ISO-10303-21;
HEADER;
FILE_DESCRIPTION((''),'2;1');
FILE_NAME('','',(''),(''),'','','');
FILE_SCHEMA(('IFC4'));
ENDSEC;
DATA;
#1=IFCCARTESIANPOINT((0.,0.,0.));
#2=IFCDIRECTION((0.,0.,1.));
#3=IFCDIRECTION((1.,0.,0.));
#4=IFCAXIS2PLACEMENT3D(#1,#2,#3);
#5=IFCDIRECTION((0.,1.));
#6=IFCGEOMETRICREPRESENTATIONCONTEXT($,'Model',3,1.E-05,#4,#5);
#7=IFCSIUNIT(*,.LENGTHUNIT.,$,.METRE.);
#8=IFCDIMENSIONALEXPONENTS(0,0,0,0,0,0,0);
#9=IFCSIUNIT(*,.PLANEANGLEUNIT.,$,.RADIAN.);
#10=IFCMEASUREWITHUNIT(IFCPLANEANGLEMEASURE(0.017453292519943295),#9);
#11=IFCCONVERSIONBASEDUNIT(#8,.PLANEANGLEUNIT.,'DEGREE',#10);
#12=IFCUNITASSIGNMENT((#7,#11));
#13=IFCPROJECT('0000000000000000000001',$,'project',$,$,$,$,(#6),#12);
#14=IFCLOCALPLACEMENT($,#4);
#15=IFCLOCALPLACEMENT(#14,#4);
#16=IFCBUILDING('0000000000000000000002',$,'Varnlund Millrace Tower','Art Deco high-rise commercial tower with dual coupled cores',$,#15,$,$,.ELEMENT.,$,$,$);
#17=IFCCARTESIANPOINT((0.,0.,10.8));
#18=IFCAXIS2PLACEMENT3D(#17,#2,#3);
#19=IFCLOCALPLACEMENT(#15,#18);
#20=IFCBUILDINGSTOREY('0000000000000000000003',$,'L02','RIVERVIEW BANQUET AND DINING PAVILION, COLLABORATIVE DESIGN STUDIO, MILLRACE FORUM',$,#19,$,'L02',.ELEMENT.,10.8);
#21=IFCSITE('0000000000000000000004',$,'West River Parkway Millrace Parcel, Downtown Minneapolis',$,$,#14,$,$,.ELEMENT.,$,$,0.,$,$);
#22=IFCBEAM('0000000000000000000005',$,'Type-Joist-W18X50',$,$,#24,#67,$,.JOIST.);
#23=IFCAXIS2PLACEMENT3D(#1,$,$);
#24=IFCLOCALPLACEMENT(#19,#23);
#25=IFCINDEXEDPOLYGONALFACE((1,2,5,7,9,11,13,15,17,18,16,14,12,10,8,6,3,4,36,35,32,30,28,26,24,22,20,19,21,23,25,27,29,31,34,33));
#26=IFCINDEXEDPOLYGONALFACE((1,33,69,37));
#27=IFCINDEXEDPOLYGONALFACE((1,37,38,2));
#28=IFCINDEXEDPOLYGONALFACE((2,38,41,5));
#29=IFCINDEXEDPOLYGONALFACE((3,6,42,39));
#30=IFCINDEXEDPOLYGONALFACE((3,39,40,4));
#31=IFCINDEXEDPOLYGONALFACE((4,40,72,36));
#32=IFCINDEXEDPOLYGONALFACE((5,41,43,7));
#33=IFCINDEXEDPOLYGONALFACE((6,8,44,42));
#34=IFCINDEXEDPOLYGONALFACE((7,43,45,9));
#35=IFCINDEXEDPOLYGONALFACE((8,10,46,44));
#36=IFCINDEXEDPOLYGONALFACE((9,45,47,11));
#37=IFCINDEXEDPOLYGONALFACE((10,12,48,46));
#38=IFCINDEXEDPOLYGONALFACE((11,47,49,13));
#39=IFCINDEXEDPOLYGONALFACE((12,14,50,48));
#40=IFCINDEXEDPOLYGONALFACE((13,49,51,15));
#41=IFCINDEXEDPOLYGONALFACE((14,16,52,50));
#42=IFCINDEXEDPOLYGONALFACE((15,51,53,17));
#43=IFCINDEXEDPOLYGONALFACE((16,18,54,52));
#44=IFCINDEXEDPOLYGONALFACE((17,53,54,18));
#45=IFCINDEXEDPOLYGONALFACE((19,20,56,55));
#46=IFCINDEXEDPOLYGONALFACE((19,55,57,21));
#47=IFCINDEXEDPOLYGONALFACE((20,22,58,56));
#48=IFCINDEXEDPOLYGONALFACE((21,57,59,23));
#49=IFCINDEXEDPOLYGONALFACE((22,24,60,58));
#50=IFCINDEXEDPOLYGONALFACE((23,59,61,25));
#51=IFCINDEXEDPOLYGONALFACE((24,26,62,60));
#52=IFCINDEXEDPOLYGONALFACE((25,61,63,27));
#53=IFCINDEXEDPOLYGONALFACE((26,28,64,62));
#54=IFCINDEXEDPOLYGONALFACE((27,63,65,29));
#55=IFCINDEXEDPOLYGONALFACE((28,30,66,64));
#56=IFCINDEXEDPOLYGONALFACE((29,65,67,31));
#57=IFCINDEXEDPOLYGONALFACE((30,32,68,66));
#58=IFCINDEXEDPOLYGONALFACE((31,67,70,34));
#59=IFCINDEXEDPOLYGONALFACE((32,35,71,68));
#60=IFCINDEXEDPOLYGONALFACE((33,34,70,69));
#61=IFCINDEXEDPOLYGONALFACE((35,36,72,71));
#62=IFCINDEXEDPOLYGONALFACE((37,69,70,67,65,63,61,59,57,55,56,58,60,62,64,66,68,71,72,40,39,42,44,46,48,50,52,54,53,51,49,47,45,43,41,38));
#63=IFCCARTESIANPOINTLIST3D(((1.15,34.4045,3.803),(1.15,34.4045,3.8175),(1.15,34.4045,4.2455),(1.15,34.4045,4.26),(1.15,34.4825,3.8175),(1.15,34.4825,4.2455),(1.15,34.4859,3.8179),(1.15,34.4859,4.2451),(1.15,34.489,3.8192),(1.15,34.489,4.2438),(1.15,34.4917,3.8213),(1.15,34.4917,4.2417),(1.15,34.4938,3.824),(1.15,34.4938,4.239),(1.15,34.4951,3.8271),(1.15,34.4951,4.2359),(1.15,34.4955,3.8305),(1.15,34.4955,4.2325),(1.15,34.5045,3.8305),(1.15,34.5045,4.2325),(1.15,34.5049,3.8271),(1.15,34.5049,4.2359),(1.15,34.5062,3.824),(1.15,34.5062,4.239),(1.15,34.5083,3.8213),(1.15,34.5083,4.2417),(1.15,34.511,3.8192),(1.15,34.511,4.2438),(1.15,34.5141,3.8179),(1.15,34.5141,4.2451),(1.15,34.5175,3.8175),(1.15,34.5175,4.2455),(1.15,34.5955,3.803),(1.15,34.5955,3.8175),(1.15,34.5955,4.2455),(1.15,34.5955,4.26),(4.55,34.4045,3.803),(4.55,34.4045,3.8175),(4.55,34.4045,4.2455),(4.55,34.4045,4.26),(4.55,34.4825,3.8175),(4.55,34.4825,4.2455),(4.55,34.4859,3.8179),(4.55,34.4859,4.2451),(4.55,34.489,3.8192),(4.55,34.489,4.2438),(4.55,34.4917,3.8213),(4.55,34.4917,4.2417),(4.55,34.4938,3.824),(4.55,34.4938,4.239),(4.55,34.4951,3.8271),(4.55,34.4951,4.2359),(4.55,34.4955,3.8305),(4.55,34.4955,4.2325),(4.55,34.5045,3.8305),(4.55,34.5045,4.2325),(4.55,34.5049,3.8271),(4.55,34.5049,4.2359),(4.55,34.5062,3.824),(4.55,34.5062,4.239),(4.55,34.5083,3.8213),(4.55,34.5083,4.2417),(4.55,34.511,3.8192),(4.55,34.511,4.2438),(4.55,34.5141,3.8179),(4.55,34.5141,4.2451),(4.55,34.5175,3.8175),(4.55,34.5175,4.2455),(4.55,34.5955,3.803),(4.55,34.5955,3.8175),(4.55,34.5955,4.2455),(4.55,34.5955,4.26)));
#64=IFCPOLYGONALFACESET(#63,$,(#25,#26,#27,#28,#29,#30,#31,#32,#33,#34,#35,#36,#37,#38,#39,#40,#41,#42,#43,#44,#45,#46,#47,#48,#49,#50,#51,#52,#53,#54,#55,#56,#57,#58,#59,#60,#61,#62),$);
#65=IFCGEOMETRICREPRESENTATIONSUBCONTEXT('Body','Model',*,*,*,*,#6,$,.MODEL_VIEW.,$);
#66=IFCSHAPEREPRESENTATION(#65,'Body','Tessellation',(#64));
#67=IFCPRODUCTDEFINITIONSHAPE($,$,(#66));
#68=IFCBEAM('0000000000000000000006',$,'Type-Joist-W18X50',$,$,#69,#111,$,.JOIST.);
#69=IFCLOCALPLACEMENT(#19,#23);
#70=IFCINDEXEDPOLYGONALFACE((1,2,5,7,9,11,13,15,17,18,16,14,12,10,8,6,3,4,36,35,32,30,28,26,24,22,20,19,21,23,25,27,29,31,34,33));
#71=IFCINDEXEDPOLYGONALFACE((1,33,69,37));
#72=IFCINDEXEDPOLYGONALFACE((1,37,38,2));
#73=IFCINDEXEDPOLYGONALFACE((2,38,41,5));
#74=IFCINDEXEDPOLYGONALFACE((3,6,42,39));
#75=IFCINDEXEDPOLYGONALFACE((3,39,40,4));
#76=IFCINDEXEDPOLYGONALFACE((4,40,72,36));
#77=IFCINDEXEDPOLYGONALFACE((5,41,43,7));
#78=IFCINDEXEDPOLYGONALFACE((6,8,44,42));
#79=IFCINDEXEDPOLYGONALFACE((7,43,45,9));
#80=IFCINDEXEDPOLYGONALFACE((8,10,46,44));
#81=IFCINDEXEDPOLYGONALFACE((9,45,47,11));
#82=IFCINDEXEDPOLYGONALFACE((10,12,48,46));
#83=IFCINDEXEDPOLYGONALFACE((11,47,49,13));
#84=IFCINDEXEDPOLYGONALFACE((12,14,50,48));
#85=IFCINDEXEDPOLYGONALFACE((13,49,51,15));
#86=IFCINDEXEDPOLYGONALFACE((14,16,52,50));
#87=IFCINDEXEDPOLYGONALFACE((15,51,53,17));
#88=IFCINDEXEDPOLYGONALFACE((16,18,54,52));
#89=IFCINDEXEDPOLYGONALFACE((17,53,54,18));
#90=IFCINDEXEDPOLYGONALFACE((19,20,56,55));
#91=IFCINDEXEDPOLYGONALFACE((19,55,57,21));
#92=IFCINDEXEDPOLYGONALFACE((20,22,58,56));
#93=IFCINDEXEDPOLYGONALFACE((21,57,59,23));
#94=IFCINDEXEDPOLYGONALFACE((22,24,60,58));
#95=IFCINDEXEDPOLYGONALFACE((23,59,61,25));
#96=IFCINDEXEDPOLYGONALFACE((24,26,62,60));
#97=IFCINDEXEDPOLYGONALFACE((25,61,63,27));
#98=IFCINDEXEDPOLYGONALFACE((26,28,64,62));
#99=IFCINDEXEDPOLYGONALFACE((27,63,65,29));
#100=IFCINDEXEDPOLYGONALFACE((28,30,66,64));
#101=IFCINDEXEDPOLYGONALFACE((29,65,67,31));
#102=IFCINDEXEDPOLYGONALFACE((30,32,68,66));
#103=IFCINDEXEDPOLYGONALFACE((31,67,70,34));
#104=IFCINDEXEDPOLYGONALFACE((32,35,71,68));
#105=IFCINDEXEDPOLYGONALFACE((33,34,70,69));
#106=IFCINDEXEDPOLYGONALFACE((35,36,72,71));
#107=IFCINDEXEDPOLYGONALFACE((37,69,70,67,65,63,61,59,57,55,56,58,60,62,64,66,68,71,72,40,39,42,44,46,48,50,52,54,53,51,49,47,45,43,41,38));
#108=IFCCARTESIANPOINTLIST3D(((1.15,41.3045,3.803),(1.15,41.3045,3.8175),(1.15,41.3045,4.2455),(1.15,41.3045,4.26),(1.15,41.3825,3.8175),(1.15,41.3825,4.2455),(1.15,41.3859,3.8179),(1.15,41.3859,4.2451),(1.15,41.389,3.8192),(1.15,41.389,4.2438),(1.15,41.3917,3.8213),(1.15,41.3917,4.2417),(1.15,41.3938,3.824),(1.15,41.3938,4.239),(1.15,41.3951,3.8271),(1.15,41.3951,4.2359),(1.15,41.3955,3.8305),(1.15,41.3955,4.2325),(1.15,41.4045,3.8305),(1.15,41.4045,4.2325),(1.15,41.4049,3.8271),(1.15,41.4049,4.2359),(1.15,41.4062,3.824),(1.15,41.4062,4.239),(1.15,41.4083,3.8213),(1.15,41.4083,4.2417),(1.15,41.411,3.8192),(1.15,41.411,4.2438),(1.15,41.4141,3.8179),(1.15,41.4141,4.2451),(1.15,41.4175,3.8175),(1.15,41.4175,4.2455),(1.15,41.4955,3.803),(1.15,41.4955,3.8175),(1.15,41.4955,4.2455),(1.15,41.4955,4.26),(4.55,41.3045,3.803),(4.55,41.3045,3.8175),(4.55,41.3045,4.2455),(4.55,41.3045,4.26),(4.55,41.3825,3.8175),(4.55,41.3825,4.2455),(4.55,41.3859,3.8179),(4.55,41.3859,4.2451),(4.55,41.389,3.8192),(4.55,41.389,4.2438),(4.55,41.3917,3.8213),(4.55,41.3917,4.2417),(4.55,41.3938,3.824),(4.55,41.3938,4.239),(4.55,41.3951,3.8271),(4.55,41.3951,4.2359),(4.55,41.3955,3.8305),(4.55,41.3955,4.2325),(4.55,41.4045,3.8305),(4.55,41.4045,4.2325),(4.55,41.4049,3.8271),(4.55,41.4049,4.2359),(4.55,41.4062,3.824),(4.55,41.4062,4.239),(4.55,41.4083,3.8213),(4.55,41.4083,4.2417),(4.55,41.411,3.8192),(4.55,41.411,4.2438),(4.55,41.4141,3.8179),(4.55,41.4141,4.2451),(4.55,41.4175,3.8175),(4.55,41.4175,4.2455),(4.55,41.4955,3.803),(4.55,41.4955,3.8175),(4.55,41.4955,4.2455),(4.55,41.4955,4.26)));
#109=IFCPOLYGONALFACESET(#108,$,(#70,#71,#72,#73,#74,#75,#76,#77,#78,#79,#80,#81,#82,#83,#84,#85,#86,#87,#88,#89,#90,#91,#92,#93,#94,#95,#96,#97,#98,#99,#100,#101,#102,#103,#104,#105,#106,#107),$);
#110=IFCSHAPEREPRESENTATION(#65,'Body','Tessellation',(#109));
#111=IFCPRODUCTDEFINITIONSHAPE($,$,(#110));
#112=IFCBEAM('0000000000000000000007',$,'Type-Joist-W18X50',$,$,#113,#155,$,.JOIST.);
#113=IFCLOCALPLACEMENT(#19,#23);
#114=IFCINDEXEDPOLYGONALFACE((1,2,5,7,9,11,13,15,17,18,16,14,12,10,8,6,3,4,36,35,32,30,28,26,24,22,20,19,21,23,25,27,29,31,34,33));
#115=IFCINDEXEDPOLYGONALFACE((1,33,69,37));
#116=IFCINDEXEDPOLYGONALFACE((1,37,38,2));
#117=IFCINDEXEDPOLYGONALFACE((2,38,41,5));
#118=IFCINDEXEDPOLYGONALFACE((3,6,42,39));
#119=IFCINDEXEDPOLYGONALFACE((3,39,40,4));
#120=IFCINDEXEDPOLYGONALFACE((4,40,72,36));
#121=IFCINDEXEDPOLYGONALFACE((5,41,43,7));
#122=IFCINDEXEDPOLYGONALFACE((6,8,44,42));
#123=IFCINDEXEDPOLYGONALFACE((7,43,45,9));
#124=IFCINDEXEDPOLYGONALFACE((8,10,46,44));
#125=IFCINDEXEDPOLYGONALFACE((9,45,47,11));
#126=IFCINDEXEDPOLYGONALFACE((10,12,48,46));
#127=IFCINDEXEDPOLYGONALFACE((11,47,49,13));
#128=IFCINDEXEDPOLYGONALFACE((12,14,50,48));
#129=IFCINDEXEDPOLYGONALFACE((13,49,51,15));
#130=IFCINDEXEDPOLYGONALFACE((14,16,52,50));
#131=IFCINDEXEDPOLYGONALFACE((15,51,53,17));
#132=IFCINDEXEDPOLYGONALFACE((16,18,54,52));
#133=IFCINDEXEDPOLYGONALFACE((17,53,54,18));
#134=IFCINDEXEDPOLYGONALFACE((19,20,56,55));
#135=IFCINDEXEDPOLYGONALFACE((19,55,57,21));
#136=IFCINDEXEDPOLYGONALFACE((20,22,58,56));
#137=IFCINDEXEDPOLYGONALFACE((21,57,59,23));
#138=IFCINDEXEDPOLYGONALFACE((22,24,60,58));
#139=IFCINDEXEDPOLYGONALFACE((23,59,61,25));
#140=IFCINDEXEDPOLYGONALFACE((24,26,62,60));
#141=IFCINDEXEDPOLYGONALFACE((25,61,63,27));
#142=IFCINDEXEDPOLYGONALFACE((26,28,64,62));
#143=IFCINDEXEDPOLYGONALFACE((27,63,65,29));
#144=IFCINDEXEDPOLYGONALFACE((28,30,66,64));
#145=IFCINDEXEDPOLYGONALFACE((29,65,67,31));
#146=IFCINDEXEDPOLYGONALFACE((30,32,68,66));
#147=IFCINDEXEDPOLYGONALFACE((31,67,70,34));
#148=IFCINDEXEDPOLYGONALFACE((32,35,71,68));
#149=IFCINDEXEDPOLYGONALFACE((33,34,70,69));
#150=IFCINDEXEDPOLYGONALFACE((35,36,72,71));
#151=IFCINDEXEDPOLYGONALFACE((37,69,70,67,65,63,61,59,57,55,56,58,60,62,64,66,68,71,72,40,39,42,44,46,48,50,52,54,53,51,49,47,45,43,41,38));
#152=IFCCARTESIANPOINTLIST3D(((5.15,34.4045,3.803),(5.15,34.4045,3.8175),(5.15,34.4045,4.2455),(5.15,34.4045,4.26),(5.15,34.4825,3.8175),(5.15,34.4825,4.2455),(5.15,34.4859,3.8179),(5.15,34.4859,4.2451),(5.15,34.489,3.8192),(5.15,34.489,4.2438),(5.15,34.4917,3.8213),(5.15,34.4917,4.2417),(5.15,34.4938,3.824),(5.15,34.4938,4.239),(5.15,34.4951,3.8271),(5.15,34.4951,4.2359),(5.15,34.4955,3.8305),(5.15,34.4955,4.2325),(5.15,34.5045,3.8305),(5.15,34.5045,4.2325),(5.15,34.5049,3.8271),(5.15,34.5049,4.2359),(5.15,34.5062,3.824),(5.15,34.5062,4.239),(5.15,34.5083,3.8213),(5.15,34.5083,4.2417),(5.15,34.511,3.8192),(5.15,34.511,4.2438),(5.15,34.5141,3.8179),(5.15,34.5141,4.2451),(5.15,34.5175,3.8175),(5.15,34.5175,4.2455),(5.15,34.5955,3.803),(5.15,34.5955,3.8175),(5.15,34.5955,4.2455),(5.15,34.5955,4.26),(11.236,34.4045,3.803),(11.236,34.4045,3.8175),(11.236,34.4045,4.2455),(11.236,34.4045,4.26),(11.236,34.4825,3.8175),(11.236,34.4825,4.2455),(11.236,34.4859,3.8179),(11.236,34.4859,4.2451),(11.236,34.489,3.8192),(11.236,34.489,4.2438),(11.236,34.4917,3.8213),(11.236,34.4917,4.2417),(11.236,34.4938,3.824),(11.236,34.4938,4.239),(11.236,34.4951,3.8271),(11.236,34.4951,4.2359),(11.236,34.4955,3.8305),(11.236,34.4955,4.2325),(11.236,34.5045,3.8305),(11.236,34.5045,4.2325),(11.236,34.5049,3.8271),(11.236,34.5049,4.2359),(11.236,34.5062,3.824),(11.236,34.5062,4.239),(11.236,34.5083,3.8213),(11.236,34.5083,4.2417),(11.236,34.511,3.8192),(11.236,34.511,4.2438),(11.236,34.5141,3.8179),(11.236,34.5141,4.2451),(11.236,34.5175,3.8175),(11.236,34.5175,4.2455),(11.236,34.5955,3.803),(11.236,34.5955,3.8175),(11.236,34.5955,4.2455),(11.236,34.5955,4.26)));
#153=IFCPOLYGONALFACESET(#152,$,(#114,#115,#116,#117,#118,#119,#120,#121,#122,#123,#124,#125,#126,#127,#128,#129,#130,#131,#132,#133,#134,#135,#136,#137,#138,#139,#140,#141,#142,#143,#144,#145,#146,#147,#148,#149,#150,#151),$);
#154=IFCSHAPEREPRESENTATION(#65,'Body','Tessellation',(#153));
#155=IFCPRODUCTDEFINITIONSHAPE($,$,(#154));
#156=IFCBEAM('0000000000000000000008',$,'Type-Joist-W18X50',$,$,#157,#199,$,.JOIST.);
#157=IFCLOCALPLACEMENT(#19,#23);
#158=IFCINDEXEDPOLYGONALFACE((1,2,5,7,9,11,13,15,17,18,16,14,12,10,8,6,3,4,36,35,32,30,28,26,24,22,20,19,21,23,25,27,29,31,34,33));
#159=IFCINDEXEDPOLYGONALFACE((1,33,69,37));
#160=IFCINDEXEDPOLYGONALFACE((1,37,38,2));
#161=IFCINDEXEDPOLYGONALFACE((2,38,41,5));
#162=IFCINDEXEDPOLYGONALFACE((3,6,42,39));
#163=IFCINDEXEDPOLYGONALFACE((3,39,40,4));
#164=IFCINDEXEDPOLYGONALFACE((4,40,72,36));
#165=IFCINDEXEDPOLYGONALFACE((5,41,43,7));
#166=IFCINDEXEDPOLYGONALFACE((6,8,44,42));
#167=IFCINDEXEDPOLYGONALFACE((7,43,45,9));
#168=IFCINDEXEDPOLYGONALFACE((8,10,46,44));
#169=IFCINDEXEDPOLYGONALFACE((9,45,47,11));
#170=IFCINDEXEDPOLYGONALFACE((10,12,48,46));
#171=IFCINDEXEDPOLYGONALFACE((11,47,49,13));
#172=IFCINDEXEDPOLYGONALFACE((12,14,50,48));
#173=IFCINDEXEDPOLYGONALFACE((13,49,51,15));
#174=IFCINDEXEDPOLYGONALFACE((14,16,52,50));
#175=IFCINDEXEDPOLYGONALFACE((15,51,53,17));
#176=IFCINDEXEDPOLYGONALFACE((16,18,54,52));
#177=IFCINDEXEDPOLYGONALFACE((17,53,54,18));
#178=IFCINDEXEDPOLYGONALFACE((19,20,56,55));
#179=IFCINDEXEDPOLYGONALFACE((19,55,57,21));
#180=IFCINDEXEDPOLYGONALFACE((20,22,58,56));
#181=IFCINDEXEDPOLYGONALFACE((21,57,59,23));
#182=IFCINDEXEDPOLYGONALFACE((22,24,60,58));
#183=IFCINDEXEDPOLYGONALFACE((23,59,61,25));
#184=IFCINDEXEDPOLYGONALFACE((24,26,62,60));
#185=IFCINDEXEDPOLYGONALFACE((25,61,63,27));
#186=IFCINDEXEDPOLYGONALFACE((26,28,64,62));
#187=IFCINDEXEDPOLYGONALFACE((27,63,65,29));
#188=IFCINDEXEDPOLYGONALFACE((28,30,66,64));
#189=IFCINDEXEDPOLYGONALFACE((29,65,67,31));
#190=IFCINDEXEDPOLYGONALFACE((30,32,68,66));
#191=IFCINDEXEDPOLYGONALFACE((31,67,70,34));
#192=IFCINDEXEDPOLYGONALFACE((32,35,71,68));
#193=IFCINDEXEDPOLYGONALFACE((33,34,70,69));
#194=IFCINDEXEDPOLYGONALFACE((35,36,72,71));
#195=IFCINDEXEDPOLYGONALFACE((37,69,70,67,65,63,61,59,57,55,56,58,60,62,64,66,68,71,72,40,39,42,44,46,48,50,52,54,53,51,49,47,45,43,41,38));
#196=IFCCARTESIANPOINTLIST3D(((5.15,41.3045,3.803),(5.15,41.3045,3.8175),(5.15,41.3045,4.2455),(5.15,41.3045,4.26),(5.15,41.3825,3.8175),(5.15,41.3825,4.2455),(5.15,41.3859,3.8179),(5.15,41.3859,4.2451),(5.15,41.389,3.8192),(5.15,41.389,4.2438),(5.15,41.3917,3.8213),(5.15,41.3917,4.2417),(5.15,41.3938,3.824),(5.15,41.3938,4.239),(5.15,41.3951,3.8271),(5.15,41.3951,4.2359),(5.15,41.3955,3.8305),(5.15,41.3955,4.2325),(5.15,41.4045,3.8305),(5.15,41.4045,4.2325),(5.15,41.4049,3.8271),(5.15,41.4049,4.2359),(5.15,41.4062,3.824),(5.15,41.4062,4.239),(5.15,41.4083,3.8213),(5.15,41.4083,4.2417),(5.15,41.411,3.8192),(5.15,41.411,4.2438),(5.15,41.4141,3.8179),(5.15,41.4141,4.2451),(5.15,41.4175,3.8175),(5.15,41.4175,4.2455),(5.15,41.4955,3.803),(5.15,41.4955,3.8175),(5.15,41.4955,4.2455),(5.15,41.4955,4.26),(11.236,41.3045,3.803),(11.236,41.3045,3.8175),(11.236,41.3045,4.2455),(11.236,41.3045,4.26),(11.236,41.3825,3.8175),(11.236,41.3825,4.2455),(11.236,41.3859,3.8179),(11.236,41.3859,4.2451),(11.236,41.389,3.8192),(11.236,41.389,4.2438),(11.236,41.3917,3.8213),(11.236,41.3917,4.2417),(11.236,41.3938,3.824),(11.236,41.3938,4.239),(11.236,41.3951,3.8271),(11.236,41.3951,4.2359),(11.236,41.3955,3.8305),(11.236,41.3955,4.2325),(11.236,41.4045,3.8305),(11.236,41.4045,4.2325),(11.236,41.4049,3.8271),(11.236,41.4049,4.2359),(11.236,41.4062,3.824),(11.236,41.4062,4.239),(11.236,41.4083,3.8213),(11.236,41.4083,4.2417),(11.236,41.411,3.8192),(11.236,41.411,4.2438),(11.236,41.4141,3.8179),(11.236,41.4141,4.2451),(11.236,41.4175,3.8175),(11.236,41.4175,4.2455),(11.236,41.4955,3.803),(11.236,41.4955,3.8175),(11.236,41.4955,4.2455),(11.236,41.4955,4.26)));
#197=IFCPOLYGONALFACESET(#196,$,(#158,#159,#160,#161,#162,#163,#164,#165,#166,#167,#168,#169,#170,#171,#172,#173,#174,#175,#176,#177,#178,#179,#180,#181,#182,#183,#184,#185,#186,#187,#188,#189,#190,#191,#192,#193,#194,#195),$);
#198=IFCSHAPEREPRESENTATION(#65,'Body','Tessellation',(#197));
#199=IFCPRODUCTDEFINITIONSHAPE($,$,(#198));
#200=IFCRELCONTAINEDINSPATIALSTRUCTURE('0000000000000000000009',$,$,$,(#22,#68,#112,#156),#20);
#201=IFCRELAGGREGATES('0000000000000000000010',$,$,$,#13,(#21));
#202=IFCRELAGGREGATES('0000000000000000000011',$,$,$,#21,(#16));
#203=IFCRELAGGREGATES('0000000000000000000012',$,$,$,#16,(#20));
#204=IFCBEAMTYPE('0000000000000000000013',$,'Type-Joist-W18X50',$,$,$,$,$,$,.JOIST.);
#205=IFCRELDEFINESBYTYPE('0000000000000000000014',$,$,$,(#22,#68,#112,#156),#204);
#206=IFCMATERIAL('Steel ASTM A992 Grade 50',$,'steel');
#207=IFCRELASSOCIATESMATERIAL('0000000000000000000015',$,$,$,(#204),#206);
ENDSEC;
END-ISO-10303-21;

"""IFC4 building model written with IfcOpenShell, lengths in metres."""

from ifc_helpers import new_model, entity, si_unit, converted_unit, direction, frame, origin_with_axes, origin_2d_with_axis, place, context, subcontext, project, spatial, i_section, extrude, material, material_profile, profile_set, type_object, element, save


model = new_model("IFC4")

# Units and contexts
model_context = context("Model", 3, precision=1e-05, world=origin_with_axes(), true_north=direction((0.0, 1.0)))
body_context = subcontext(model_context, "Body", "Model", "MODEL_VIEW")
ifc_project = project(units=[si_unit("LENGTHUNIT", "METRE"), converted_unit("PLANEANGLEUNIT", "DEGREE", entity("IfcPlaneAngleMeasure", 0.017453292519943295), si_unit("PLANEANGLEUNIT", "RADIAN"), dimensions=[0, 0, 0, 0, 0, 0, 0])], contexts=[model_context])

# Site, building, storey
site_placement = place(None, origin_with_axes())
site = spatial("IfcSite", under=ifc_project, at=site_placement, Name="West River Parkway Millrace Parcel, Downtown Minneapolis", CompositionType="ELEMENT", RefElevation=0.0)
building_placement = place(site_placement, origin_with_axes())
building = spatial("IfcBuilding", under=site, at=building_placement, Name="Varnlund Millrace Tower", Description="Art Deco high-rise commercial tower with dual coupled cores", CompositionType="ELEMENT")
storey_placement = place(building_placement, frame((0.0, 0.0, 10.8), z_axis=(0.0, 0.0, 1.0), x_axis=(1.0, 0.0, 0.0)))
storey = spatial("IfcBuildingStorey", under=building, at=storey_placement, Name="L02", Description="RIVERVIEW BANQUET AND DINING PAVILION, COLLABORATIVE DESIGN STUDIO, MILLRACE FORUM", LongName="L02", CompositionType="ELEMENT", Elevation=10.8)

# Beams
ifc_material_1 = material(Name="Steel ASTM A992 Grade 50", Category="steel")
ifc_material_profile_1 = material_profile(ifc_material_1, i_section(OverallWidth=0.191, OverallDepth=0.457, WebThickness=0.009, FlangeThickness=0.0145, FilletRadius=0.013, at=origin_2d_with_axis()), Name="Steel ASTM A992 Grade 50")
ifc_profile_set_1 = profile_set([ifc_material_profile_1], Name="Steel ASTM A992 Grade 50")
beam_type_1 = type_object("IfcBeamType", Name="Type-Joist-W18X50", PredefinedType="JOIST", material=ifc_profile_set_1)
for number, where, z_axis, x_axis, name in (
    (1, (1.15, 34.5, 4.0315), (1.0, 0.0, 0.0), (0.0, 1.0, 0.0), "Type-Joist-W18X50"),
    (2, (1.15, 41.4, 4.0315), (1.0, 0.0, 0.0), (0.0, 1.0, 0.0), "Type-Joist-W18X50"),
):
    element("IfcBeam", number, at=place(storey_placement, frame(where, z_axis=z_axis, x_axis=x_axis)), inside=storey, type_object=beam_type_1, Name=name, PredefinedType="JOIST", context=body_context, shape_type="SweptSolid", body=[
        extrude(i_section(OverallWidth=0.191, OverallDepth=0.457, WebThickness=0.009, FlangeThickness=0.0145, FilletRadius=0.013, at=origin_2d_with_axis()), origin_with_axes(), (0.0, 0.0, 1.0), 3.4),
    ])
for number, where, z_axis, x_axis, name in (
    (3, (5.15, 34.5, 4.0315), (1.0, 0.0, 0.0), (0.0, 1.0, 0.0), "Type-Joist-W18X50"),
    (4, (5.15, 41.4, 4.0315), (1.0, 0.0, 0.0), (0.0, 1.0, 0.0), "Type-Joist-W18X50"),
):
    element("IfcBeam", number, at=place(storey_placement, frame(where, z_axis=z_axis, x_axis=x_axis)), inside=storey, type_object=beam_type_1, Name=name, PredefinedType="JOIST", context=body_context, shape_type="SweptSolid", body=[
        extrude(i_section(OverallWidth=0.191, OverallDepth=0.457, WebThickness=0.009, FlangeThickness=0.0145, FilletRadius=0.013, at=origin_2d_with_axis()), origin_with_axes(), (0.0, 0.0, 1.0), 6.086),
    ])

save(model, "model.ifc")
